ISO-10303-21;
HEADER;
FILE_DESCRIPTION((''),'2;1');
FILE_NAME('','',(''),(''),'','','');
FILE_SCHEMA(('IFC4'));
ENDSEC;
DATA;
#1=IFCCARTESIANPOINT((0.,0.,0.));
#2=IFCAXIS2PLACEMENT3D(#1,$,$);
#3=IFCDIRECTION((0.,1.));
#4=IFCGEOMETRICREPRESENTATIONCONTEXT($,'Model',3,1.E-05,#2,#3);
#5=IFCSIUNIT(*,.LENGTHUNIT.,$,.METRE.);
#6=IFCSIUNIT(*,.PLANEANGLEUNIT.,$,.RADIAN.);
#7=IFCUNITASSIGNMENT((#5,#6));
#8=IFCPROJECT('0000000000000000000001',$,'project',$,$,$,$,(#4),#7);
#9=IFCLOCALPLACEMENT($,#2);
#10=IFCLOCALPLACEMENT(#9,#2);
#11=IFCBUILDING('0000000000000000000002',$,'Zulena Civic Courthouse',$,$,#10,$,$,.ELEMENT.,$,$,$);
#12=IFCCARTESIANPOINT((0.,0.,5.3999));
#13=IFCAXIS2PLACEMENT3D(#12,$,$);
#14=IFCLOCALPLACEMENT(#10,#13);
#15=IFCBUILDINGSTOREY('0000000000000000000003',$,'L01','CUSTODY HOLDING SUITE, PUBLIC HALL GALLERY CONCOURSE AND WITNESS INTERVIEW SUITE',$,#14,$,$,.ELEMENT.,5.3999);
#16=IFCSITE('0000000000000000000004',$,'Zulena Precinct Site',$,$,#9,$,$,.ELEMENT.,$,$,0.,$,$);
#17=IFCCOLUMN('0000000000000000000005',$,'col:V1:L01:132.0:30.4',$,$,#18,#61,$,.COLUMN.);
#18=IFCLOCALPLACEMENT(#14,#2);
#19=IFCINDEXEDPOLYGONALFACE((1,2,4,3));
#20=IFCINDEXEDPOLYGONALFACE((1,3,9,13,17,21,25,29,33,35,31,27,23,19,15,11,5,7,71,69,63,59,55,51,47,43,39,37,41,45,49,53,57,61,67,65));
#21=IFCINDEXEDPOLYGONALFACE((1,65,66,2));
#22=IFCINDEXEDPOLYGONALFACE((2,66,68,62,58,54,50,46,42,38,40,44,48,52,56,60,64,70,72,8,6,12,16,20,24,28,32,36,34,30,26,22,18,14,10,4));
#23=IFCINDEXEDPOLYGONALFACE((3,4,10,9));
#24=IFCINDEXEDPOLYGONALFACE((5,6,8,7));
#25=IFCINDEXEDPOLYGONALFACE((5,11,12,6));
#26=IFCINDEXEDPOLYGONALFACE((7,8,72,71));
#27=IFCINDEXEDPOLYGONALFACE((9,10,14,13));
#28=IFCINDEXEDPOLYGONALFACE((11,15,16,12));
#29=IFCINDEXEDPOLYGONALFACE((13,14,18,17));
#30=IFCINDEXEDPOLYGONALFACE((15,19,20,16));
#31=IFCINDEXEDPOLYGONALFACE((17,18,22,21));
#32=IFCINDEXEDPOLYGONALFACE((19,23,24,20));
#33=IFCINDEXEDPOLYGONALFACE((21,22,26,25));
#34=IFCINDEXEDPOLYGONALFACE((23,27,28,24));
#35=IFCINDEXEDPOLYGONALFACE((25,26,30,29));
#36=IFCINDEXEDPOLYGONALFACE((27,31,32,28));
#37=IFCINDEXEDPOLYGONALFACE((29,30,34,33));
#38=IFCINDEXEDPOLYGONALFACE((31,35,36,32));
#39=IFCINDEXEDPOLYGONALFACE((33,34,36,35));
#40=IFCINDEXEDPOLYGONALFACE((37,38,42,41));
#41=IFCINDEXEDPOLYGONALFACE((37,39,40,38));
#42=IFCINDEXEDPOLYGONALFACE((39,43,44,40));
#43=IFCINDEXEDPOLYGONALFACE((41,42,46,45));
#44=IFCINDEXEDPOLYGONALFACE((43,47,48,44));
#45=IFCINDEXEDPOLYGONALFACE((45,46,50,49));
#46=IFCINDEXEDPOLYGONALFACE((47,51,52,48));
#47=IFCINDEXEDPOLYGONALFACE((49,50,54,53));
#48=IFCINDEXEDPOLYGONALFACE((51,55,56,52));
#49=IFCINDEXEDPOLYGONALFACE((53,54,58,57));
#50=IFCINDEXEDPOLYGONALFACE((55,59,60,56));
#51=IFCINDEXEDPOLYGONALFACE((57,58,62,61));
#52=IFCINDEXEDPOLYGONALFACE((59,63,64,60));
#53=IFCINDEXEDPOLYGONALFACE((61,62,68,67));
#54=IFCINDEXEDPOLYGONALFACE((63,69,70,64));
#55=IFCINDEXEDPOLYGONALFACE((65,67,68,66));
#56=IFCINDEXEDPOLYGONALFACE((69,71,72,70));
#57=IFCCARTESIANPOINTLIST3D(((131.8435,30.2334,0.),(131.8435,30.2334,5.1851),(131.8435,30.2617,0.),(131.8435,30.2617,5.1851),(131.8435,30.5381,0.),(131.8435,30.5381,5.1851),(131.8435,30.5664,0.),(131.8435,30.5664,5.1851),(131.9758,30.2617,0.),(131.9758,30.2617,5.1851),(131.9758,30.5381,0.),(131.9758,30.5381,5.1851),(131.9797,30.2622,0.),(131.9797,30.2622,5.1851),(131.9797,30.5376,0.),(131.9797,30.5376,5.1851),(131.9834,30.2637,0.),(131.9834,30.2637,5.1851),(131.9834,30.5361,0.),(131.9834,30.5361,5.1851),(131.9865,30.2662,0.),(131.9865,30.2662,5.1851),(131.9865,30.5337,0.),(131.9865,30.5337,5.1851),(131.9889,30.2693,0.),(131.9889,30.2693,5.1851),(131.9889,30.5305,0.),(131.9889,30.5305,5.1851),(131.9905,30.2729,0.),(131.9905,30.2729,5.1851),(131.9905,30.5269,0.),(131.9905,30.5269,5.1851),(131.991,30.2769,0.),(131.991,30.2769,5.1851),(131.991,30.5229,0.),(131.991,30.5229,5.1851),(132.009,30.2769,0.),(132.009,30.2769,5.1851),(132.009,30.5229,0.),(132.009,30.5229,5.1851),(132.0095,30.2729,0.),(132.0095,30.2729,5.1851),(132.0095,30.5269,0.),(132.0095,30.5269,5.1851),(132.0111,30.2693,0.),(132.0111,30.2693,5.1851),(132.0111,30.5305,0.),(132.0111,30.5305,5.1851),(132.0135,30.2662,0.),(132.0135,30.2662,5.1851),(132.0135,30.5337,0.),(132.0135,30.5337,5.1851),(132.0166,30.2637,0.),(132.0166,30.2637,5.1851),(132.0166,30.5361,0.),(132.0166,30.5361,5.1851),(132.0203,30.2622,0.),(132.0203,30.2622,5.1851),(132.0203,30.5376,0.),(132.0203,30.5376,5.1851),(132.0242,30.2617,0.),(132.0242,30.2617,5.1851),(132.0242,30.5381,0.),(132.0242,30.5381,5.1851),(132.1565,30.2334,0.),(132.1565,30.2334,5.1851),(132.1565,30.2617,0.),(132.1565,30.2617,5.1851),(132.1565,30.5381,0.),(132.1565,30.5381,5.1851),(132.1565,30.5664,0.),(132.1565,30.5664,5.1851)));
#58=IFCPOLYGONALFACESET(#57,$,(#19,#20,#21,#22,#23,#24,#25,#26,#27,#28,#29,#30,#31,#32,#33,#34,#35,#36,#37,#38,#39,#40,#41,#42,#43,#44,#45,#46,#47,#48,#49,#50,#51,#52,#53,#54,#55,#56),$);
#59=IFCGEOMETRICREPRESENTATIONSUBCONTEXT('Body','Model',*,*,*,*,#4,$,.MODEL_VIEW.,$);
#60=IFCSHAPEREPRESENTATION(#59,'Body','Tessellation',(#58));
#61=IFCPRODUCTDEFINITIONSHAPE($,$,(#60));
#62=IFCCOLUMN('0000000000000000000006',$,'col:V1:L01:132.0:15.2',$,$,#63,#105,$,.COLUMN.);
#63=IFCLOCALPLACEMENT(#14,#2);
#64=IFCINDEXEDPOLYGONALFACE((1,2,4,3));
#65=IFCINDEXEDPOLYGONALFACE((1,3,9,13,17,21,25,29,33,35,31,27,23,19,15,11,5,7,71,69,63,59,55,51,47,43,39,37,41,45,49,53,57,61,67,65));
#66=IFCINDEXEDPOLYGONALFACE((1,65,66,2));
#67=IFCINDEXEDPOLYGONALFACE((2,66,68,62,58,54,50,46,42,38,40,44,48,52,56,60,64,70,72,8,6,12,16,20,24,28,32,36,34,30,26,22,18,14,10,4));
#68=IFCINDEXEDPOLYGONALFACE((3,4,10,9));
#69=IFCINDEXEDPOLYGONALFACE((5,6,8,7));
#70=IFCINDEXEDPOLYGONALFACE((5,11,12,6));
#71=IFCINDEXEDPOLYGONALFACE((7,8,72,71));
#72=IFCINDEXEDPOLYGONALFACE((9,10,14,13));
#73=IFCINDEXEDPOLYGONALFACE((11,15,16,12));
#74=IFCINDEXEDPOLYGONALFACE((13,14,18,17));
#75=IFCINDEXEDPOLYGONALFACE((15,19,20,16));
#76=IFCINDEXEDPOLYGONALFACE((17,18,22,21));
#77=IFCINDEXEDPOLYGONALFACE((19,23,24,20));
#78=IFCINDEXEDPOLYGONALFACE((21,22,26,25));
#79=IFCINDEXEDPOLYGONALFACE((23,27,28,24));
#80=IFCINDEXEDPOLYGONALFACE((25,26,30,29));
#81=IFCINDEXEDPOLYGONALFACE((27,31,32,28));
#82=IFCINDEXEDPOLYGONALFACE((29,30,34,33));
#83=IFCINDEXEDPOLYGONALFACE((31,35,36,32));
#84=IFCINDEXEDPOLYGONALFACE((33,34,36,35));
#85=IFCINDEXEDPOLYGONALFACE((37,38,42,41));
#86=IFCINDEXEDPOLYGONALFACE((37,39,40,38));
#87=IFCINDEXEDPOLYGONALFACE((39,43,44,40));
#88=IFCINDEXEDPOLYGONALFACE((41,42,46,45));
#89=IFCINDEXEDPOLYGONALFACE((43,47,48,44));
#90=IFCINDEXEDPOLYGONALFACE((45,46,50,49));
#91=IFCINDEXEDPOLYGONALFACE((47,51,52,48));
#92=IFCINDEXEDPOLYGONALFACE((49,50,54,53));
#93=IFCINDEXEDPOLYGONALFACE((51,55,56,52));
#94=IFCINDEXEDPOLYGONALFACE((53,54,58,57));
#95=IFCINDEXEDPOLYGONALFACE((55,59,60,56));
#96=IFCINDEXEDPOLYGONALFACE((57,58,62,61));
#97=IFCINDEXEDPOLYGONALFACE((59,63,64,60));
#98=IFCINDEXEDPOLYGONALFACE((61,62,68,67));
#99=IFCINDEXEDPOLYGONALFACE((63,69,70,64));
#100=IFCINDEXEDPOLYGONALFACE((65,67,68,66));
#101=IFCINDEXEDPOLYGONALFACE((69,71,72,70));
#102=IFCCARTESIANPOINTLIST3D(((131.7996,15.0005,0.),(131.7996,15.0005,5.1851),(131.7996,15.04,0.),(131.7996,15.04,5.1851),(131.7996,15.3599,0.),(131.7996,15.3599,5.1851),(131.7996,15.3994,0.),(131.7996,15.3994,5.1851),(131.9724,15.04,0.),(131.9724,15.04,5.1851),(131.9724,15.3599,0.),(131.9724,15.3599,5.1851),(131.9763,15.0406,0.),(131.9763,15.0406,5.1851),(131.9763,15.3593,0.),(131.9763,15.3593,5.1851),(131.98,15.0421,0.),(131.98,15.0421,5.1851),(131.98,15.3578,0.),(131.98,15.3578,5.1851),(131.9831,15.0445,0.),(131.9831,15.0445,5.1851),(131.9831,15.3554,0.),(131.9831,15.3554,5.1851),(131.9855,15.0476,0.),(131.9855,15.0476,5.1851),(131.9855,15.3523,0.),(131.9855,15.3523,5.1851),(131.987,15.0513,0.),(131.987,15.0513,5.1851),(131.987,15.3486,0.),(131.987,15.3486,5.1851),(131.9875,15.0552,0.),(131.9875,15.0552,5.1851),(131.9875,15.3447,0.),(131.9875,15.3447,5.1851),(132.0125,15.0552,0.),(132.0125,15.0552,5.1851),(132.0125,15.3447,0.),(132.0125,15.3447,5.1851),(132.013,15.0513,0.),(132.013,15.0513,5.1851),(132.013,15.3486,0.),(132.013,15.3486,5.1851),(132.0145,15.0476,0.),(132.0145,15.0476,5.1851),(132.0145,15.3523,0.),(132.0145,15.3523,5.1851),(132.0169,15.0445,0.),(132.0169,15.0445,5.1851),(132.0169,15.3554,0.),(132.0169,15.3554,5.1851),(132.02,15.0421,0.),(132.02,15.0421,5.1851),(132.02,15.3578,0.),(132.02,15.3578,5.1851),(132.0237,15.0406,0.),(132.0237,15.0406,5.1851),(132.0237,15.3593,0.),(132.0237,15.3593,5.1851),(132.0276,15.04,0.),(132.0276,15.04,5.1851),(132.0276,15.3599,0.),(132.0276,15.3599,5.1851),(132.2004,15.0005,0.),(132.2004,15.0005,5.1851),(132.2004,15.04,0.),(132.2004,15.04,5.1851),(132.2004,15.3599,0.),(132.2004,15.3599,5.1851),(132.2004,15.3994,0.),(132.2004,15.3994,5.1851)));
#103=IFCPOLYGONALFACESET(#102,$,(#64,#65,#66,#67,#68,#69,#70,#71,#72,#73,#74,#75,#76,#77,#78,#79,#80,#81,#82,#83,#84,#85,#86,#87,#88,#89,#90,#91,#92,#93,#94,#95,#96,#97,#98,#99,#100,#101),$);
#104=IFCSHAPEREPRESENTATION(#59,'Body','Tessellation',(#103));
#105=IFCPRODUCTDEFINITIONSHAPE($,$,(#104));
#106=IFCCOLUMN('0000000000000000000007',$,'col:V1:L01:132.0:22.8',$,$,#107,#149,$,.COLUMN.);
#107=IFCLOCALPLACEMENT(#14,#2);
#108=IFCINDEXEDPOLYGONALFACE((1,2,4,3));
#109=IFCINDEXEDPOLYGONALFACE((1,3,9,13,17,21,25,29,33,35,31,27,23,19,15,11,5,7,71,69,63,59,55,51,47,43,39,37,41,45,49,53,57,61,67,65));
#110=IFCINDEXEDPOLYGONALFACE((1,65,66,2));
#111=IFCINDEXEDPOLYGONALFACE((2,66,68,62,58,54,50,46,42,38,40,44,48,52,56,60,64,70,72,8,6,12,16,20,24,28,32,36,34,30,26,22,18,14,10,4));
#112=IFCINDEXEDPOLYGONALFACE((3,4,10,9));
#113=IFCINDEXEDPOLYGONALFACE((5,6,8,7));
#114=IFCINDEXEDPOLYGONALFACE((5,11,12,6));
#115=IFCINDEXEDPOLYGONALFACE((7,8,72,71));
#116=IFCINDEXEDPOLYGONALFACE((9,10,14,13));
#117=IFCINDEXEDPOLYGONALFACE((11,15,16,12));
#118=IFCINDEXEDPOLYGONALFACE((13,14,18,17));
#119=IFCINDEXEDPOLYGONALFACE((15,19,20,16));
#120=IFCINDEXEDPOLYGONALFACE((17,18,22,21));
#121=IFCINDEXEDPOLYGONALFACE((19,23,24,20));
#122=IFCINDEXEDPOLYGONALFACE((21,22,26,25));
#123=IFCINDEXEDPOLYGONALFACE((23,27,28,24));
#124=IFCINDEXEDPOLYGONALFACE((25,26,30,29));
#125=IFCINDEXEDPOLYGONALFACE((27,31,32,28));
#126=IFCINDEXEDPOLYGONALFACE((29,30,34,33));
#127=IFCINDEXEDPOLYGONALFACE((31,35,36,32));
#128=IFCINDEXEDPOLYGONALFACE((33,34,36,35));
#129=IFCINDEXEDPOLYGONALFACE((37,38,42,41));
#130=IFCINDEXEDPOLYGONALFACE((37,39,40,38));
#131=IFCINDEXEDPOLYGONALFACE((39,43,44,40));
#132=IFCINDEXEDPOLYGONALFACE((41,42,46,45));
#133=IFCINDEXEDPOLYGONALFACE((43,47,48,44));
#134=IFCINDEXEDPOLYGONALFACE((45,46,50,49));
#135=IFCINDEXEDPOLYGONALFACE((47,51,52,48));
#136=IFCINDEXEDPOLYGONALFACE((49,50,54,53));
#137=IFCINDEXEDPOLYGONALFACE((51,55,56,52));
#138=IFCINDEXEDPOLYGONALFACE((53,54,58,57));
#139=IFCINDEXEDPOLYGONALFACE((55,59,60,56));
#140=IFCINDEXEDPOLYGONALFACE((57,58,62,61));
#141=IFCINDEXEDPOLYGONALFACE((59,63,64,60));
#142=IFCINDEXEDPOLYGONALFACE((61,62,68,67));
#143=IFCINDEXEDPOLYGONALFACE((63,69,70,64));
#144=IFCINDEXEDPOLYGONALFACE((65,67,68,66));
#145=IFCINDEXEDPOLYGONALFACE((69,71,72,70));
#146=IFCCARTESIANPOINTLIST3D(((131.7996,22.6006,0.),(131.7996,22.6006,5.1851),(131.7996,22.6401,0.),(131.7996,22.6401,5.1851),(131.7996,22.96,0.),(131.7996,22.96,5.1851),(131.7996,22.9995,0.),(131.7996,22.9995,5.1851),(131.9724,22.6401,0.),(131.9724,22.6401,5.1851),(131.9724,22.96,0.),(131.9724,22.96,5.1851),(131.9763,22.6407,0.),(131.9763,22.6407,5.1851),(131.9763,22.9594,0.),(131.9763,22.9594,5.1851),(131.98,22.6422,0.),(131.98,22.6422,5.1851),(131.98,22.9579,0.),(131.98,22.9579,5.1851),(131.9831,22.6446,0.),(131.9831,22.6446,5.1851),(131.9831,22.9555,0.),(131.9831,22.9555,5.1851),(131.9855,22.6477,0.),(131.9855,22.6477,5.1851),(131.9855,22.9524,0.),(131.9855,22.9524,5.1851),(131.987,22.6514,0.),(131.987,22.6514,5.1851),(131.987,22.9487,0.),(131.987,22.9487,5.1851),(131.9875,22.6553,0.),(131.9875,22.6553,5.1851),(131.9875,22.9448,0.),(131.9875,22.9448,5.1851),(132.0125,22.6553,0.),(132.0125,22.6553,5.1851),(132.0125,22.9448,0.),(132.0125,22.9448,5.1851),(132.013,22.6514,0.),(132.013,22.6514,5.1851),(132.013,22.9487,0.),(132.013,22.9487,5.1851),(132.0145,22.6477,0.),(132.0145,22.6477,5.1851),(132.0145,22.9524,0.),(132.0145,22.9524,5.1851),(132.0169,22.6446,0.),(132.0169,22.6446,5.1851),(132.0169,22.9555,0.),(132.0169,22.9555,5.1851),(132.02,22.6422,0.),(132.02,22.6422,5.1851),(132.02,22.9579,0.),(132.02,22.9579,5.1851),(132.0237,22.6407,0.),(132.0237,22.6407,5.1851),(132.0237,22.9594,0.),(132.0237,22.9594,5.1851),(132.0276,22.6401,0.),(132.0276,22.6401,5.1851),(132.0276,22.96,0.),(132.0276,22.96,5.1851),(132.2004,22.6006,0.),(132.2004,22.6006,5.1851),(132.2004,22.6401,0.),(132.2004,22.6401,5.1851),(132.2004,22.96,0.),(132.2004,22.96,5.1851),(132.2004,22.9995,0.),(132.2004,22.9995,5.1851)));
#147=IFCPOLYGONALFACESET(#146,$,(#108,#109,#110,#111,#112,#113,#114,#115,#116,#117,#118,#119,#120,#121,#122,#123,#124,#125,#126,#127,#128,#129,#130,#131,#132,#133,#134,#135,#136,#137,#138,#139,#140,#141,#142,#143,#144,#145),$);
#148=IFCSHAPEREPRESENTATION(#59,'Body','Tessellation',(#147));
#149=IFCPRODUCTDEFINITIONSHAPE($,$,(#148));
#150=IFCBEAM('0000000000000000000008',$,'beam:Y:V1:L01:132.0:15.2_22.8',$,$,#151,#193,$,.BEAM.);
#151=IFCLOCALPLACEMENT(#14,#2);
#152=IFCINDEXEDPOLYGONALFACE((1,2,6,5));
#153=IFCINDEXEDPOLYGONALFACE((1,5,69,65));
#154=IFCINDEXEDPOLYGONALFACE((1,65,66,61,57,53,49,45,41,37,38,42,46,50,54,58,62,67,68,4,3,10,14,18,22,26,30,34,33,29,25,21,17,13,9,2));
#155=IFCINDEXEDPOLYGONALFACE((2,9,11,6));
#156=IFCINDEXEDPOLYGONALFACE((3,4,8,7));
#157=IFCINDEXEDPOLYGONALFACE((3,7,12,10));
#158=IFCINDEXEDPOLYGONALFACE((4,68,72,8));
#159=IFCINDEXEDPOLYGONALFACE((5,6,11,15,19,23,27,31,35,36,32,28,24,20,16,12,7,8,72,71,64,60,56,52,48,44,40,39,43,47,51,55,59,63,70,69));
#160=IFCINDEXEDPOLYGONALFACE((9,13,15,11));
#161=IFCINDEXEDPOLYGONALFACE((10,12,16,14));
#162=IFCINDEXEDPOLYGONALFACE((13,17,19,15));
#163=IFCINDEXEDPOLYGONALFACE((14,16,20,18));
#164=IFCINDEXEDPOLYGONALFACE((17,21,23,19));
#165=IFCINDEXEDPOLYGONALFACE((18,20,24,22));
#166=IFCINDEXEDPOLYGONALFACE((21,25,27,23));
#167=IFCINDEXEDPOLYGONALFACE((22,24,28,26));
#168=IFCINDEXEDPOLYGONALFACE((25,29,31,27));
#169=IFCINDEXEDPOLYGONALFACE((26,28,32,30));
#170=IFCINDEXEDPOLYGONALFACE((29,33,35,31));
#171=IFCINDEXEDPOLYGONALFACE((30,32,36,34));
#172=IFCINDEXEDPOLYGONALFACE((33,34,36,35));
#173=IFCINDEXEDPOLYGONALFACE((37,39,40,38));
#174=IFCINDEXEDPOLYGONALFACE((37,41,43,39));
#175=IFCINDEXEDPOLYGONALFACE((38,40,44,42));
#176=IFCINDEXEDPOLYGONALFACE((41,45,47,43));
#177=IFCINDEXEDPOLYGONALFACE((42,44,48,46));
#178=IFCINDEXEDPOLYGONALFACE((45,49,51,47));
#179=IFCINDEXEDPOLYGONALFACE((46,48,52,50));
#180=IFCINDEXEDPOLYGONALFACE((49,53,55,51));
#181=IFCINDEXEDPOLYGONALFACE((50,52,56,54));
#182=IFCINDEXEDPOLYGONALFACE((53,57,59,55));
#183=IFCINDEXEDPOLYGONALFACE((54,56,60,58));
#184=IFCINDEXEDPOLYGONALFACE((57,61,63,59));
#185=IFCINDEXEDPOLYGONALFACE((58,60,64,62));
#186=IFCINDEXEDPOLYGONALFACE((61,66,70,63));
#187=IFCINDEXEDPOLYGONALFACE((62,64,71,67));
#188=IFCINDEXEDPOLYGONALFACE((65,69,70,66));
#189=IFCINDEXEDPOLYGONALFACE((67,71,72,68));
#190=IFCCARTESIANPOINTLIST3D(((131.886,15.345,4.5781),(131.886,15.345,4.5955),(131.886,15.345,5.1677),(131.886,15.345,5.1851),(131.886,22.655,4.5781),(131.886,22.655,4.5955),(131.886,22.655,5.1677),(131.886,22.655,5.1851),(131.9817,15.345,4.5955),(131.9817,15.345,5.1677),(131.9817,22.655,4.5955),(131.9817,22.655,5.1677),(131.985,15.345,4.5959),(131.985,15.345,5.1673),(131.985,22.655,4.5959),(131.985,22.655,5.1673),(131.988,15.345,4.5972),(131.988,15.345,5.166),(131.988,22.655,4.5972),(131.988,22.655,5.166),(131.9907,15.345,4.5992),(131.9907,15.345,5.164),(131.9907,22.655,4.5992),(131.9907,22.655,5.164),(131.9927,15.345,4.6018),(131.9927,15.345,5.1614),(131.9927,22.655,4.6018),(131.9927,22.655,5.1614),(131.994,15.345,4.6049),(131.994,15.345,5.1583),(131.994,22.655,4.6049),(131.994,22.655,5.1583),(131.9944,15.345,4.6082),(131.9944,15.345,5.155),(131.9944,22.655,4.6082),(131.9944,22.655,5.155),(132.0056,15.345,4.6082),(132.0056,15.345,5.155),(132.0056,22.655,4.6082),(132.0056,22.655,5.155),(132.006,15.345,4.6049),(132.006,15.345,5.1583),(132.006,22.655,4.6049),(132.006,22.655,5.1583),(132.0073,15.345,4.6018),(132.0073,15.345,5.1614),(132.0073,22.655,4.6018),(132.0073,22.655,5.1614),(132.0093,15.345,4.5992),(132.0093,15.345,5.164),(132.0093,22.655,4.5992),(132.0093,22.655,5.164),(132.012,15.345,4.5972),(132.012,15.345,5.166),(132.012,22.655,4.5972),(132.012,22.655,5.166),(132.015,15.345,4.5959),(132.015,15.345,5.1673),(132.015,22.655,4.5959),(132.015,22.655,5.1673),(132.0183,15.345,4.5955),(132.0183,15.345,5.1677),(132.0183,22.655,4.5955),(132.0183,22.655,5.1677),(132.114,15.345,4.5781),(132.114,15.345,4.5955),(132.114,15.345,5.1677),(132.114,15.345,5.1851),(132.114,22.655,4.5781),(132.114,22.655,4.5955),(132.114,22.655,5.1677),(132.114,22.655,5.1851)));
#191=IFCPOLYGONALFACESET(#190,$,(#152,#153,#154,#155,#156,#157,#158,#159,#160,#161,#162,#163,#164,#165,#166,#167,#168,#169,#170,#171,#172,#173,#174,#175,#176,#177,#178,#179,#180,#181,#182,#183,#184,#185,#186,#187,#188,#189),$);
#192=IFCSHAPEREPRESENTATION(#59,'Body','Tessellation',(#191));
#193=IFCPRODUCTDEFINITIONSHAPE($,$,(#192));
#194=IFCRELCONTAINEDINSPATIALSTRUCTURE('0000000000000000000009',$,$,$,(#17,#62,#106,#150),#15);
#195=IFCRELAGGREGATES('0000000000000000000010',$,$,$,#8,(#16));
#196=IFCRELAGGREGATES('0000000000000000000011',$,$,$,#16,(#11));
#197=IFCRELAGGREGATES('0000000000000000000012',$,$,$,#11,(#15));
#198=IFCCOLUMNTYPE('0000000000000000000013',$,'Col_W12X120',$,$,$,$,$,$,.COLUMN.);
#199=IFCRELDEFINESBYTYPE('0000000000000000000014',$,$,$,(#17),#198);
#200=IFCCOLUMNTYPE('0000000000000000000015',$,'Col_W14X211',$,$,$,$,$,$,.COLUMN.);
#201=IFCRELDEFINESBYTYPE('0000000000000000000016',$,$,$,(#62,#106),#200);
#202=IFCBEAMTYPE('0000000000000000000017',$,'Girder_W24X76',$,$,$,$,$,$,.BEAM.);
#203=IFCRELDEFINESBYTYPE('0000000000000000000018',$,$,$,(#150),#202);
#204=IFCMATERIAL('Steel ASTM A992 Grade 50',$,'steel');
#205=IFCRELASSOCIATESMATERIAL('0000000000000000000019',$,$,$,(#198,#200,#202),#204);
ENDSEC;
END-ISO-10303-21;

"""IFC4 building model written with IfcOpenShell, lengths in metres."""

from ifc_helpers import new_model, si_unit, direction, frame, origin, origin_2d, place, context, subcontext, project, spatial, i_section, extrude, material, material_profile, profile_set, type_object, element, save


model = new_model("IFC4")

# Units and contexts
model_context = context("Model", 3, precision=1e-05, world=origin(), true_north=direction((0.0, 1.0)))
body_context = subcontext(model_context, "Body", "Model", "MODEL_VIEW")
ifc_project = project(units=[si_unit("LENGTHUNIT", "METRE"), si_unit("PLANEANGLEUNIT", "RADIAN")], contexts=[model_context])

# Site, building, storey
site_placement = place(None, origin())
site = spatial("IfcSite", under=ifc_project, at=site_placement, Name="Zulena Precinct Site", CompositionType="ELEMENT", RefElevation=0.0)
building_placement = place(site_placement, origin())
building = spatial("IfcBuilding", under=site, at=building_placement, Name="Zulena Civic Courthouse", CompositionType="ELEMENT")
storey_placement = place(building_placement, frame((0.0, 0.0, 5.3999)))
storey = spatial("IfcBuildingStorey", under=building, at=storey_placement, Name="L01", Description="CUSTODY HOLDING SUITE, PUBLIC HALL GALLERY CONCOURSE AND WITNESS INTERVIEW SUITE", CompositionType="ELEMENT", Elevation=5.3999)

# Columns
ifc_material_1 = material(Name="Steel ASTM A992 Grade 50", Category="steel")
ifc_material_profile_1 = material_profile(ifc_material_1, i_section(OverallWidth=0.313, OverallDepth=0.333, WebThickness=0.0181, FlangeThickness=0.0283, FilletRadius=0.0151, at=origin_2d()), Name="W12X120")
ifc_profile_set_1 = profile_set([ifc_material_profile_1], Name="Steel ASTM A992 Grade 50")
column_type_1 = type_object("IfcColumnType", Name="Col_W12X120", PredefinedType="COLUMN", material=ifc_profile_set_1)
column_placement = place(storey_placement, frame((132.0, 30.3999, 0.0), z_axis=(0.0, 0.0, 1.0), x_axis=(1.0, 0.0, 0.0)))
element("IfcColumn", 1, at=column_placement, inside=storey, type_object=column_type_1, Name="col:V1:L01:132.0:30.4", PredefinedType="COLUMN", context=body_context, shape_type="SweptSolid", body=[
    extrude(i_section(OverallWidth=0.313, OverallDepth=0.333, WebThickness=0.0181, FlangeThickness=0.0283, FilletRadius=0.0151, at=origin_2d()), origin(), (0.0, 0.0, 1.0), 5.1851),
])
ifc_material_profile_2 = material_profile(ifc_material_1, i_section(OverallWidth=0.4009, OverallDepth=0.3989, WebThickness=0.0249, FlangeThickness=0.0396, FilletRadius=0.0151, at=origin_2d()), Name="W14X211")
ifc_profile_set_2 = profile_set([ifc_material_profile_2], Name="Steel ASTM A992 Grade 50")
column_type_2 = type_object("IfcColumnType", Name="Col_W14X211", PredefinedType="COLUMN", material=ifc_profile_set_2)
for number, where, z_axis, x_axis, name in (
    (2, (132.0, 15.2, 0.0), (0.0, 0.0, 1.0), (1.0, 0.0, 0.0), "col:V1:L01:132.0:15.2"),
    (3, (132.0, 22.8, 0.0), (0.0, 0.0, 1.0), (1.0, 0.0, 0.0), "col:V1:L01:132.0:22.8"),
):
    element("IfcColumn", number, at=place(storey_placement, frame(where, z_axis=z_axis, x_axis=x_axis)), inside=storey, type_object=column_type_2, Name=name, PredefinedType="COLUMN", context=body_context, shape_type="SweptSolid", body=[
        extrude(i_section(OverallWidth=0.4009, OverallDepth=0.3989, WebThickness=0.0249, FlangeThickness=0.0396, FilletRadius=0.0151, at=origin_2d()), origin(), (0.0, 0.0, 1.0), 5.1851),
    ])

# Beam
ifc_material_profile_3 = material_profile(ifc_material_1, i_section(OverallWidth=0.228, OverallDepth=0.6069, WebThickness=0.0112, FlangeThickness=0.0173, FilletRadius=0.0127, at=origin_2d()), Name="W24X76")
ifc_profile_set_3 = profile_set([ifc_material_profile_3], Name="Steel ASTM A992 Grade 50")
beam_type_1 = type_object("IfcBeamType", Name="Girder_W24X76", PredefinedType="BEAM", material=ifc_profile_set_3)
beam_1_placement = place(storey_placement, frame((132.0, 15.345, 4.8816), z_axis=(0.0, 1.0, 0.0), x_axis=(-1.0, 0.0, 0.0)))
element("IfcBeam", 4, at=beam_1_placement, inside=storey, type_object=beam_type_1, Name="beam:Y:V1:L01:132.0:15.2_22.8", PredefinedType="BEAM", context=body_context, shape_type="SweptSolid", body=[
    extrude(i_section(OverallWidth=0.228, OverallDepth=0.6069, WebThickness=0.0112, FlangeThickness=0.0173, FilletRadius=0.0127, at=origin_2d()), origin(), (0.0, 0.0, 1.0), 7.3101),
])

save(model, "model.ifc")
